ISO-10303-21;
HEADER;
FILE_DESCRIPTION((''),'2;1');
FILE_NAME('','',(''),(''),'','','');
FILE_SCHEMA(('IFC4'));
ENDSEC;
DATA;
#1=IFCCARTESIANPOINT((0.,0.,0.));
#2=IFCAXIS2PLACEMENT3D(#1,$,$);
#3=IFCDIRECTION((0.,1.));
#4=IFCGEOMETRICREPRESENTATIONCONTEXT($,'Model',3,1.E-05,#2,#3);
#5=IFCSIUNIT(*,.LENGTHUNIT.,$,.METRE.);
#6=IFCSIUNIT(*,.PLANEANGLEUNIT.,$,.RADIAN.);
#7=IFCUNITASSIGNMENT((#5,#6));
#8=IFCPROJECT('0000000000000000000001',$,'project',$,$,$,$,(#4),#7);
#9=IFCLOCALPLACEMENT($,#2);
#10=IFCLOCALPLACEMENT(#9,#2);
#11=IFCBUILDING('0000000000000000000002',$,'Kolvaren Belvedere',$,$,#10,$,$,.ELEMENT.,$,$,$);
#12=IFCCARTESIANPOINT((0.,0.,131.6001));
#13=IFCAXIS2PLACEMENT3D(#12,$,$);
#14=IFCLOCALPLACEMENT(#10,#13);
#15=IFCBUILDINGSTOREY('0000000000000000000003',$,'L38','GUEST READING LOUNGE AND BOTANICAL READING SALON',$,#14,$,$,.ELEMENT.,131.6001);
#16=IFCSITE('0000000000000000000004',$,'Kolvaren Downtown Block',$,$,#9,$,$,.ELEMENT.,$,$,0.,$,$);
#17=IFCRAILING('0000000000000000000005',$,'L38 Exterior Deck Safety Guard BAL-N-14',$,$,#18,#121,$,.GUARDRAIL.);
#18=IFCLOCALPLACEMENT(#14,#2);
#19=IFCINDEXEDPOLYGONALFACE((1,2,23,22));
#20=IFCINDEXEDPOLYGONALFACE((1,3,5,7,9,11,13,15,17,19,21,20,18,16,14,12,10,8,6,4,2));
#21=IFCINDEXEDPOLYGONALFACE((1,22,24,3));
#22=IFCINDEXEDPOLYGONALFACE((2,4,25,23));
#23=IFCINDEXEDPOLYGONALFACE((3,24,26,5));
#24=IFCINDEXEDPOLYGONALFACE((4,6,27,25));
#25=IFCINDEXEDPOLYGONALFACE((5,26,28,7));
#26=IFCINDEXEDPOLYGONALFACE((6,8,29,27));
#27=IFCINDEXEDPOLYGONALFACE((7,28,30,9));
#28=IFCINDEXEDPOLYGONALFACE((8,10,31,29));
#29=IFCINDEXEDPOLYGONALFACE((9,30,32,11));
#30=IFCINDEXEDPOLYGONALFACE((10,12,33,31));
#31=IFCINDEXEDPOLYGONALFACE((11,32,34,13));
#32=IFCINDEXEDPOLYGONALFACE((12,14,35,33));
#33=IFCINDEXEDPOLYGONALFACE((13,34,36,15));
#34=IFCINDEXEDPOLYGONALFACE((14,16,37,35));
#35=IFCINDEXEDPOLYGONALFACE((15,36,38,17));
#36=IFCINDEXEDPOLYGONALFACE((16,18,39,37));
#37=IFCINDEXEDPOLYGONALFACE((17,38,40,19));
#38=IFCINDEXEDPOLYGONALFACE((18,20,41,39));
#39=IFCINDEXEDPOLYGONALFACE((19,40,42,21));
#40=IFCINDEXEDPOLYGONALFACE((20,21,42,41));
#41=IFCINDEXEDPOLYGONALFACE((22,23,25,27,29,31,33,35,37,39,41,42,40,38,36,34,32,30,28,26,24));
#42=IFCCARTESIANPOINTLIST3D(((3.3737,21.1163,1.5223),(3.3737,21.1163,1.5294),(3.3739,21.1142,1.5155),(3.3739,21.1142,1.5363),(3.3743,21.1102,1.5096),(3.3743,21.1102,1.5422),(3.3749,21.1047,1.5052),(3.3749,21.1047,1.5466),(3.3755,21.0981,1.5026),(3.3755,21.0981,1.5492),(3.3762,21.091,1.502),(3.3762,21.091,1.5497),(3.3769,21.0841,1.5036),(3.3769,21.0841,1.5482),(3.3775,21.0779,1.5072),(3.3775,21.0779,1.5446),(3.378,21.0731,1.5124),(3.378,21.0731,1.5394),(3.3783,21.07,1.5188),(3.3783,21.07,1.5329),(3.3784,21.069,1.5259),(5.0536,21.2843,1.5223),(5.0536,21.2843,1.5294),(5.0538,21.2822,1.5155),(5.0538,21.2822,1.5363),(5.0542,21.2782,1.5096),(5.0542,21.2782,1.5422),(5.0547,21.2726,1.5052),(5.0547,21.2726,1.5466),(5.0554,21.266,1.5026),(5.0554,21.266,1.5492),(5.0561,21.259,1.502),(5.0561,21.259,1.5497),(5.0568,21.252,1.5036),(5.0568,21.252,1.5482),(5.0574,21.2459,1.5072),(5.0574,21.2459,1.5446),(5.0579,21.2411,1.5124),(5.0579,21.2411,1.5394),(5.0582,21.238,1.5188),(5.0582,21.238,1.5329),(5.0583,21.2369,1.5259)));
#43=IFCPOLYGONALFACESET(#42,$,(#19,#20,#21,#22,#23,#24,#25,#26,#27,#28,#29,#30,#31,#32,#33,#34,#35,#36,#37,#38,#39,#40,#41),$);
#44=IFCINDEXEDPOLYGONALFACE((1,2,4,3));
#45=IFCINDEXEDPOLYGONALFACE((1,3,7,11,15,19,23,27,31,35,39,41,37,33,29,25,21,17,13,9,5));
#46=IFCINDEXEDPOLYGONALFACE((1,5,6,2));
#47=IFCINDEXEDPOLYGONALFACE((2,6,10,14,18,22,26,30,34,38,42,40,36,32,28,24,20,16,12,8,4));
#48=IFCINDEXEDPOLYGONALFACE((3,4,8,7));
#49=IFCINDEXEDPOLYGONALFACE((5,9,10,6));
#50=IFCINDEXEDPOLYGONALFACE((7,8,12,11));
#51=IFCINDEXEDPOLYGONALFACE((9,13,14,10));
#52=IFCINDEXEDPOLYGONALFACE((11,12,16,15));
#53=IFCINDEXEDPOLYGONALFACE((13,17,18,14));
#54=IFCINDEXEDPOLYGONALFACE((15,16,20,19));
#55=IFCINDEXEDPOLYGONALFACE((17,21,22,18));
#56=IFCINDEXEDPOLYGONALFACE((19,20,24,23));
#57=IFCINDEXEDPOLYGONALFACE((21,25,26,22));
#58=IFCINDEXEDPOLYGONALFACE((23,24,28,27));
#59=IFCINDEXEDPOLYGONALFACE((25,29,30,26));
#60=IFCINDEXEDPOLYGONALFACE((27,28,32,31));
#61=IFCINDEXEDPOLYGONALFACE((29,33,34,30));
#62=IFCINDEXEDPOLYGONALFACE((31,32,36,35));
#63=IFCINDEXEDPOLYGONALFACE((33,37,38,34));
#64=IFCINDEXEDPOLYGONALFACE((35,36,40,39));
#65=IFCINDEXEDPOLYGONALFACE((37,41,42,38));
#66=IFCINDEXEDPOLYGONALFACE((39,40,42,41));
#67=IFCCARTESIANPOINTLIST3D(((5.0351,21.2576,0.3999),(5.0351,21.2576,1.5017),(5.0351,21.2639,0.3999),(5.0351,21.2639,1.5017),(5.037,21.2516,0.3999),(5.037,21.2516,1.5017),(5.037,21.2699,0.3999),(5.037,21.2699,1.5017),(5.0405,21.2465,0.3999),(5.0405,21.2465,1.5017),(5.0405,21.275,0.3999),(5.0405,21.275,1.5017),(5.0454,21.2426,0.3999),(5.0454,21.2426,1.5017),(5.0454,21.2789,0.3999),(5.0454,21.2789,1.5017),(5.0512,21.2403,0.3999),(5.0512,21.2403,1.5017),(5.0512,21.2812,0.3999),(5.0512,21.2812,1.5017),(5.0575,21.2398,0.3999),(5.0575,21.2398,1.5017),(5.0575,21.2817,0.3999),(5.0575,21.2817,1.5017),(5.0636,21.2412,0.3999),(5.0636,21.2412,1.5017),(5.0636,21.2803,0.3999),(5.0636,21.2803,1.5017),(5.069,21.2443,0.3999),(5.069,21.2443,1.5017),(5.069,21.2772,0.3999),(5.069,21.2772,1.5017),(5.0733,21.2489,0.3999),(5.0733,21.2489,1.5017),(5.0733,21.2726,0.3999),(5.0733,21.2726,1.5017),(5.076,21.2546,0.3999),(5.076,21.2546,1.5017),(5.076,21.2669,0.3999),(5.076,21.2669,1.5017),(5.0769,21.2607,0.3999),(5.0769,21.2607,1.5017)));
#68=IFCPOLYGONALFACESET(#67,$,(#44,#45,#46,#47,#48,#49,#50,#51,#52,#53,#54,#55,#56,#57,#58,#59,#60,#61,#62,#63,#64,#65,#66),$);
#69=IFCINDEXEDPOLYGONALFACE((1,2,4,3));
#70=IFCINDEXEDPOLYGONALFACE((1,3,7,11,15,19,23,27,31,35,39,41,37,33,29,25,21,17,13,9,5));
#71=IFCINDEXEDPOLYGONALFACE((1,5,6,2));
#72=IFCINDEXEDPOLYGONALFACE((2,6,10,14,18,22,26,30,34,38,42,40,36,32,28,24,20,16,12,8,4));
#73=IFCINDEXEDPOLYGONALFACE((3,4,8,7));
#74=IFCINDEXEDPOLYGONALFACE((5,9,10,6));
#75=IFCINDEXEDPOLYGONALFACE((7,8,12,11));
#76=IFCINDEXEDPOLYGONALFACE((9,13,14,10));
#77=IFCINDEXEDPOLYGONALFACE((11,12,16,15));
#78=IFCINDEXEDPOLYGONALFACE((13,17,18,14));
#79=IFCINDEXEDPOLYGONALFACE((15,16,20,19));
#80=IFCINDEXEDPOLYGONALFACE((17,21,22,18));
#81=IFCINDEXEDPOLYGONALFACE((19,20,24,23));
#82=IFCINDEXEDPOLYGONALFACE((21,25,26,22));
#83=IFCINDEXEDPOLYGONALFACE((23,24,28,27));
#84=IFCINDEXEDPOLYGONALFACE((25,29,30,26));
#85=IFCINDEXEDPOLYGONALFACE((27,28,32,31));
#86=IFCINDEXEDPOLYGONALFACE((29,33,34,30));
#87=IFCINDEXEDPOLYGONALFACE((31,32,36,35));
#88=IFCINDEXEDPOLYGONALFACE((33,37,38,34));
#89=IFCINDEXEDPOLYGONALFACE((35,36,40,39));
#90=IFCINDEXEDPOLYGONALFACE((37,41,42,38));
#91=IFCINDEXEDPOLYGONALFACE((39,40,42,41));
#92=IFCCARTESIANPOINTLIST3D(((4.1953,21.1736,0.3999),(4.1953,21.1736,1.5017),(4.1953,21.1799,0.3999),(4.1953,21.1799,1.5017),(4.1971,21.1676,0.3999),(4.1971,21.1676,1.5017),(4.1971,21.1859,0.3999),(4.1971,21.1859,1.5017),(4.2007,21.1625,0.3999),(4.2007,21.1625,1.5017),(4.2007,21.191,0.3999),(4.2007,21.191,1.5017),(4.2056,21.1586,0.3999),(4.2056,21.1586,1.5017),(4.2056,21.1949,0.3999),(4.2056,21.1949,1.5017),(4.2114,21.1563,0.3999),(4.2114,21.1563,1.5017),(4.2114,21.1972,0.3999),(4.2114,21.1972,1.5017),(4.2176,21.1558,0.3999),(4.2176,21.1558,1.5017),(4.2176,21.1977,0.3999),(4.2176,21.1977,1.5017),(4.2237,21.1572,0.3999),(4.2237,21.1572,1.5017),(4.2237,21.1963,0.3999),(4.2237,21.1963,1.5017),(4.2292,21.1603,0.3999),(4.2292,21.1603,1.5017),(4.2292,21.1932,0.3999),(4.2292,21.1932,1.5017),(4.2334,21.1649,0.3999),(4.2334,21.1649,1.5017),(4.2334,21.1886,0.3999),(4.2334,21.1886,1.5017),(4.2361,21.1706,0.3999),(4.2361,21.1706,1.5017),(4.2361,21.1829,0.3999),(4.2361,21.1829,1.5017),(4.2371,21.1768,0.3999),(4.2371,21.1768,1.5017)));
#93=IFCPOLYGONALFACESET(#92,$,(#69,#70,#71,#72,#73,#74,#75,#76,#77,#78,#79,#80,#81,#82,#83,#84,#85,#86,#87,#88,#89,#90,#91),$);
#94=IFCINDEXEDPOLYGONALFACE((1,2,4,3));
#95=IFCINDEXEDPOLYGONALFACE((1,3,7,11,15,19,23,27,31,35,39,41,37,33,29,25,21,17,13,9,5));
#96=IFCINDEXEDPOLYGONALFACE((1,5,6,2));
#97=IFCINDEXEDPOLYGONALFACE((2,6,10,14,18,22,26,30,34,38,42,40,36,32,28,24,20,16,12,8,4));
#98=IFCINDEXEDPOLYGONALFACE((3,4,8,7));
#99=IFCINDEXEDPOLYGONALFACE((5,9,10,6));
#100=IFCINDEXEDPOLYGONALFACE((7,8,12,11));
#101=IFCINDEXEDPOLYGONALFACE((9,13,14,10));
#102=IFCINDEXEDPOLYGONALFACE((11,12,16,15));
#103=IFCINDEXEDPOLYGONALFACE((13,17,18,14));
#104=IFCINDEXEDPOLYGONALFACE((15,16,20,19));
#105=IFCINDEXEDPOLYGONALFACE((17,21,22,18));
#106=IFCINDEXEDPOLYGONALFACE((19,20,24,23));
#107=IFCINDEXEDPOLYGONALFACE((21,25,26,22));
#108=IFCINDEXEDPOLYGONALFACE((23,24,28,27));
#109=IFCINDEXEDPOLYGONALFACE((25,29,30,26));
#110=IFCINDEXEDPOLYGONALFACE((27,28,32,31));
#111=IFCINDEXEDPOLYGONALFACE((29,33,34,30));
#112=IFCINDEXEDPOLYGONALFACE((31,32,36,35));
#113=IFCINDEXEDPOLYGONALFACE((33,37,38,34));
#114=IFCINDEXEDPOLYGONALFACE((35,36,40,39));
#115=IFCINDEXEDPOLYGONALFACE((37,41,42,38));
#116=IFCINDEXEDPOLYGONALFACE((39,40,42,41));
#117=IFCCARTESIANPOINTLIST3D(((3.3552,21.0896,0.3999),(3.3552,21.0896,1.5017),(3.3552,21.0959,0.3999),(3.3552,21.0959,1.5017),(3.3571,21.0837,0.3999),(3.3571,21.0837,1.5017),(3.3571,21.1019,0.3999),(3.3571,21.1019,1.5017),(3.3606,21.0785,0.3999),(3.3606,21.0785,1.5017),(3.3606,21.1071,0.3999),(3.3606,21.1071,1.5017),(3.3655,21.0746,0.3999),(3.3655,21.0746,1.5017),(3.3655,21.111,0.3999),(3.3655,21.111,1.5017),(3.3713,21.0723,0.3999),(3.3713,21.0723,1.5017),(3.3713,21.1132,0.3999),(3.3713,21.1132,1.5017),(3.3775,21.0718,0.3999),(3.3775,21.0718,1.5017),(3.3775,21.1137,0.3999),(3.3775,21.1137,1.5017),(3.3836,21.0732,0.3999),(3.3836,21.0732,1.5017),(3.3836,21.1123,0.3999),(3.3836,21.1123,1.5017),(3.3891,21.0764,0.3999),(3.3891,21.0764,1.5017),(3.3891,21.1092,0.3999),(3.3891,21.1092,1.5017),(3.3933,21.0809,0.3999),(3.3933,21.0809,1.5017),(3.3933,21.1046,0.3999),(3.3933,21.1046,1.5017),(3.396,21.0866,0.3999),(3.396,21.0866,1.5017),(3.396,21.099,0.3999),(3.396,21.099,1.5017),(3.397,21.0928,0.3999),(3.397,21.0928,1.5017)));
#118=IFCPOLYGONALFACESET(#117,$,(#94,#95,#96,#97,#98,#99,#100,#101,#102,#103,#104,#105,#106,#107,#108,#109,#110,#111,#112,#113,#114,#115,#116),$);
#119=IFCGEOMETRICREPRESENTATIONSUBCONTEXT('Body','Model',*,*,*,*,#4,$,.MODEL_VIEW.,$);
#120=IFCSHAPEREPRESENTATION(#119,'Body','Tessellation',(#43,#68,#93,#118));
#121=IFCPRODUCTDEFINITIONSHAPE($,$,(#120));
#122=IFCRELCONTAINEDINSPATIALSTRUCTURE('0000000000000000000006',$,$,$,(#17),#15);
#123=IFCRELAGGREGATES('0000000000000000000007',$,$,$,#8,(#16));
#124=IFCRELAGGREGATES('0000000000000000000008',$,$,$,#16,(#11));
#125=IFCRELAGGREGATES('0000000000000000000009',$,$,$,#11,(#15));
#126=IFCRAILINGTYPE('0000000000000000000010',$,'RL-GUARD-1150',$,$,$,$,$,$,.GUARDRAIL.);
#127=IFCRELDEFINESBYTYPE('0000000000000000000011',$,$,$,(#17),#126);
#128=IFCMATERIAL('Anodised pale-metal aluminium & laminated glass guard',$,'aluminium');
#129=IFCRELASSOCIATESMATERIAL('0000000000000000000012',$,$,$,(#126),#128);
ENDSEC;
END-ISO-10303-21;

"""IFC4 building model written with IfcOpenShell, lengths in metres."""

from ifc_helpers import new_model, si_unit, direction, frame, origin, origin_2d, place, context, subcontext, project, spatial, circle, extrude, material, type_object, element, save


model = new_model("IFC4")

# Units and contexts
model_context = context("Model", 3, precision=1e-05, world=origin(), true_north=direction((0.0, 1.0)))
body_context = subcontext(model_context, "Body", "Model", "MODEL_VIEW")
ifc_project = project(units=[si_unit("LENGTHUNIT", "METRE"), si_unit("PLANEANGLEUNIT", "RADIAN")], contexts=[model_context])

# Site, building, storey
site_placement = place(None, origin())
site = spatial("IfcSite", under=ifc_project, at=site_placement, Name="Kolvaren Downtown Block", CompositionType="ELEMENT", RefElevation=0.0)
building_placement = place(site_placement, origin())
building = spatial("IfcBuilding", under=site, at=building_placement, Name="Kolvaren Belvedere", CompositionType="ELEMENT")
storey_placement = place(building_placement, frame((0.0, 0.0, 131.6001)))
storey = spatial("IfcBuildingStorey", under=building, at=storey_placement, Name="L38", Description="GUEST READING LOUNGE AND BOTANICAL READING SALON", CompositionType="ELEMENT", Elevation=131.6001)

# Railing
ifc_material_1 = material(Name="Anodised pale-metal aluminium & laminated glass guard", Category="aluminium")
railing_type = type_object("IfcRailingType", Name="RL-GUARD-1150", PredefinedType="GUARDRAIL", material=ifc_material_1)
railing_1_placement = place(storey_placement, frame((5.0559, 21.2607, 0.3999)))
element("IfcRailing", 1, at=railing_1_placement, inside=storey, type_object=railing_type, Name="L38 Exterior Deck Safety Guard BAL-N-14", PredefinedType="GUARDRAIL", context=body_context, shape_type="SweptSolid", body=[
    extrude(circle(Radius=0.0239, at=origin_2d()), frame((0.0, 0.0, 1.126), z_axis=(-0.995039, -0.099489, 0.0), x_axis=(0.099489, -0.995039, 0.0)), (0.0, 0.0, 1.0), 1.6882),
    extrude(circle(Radius=0.021, at=origin_2d()), origin(), (0.0, 0.0, 1.0), 1.1018),
    extrude(circle(Radius=0.021, at=origin_2d()), frame((-0.8398, -0.084, 0.0)), (0.0, 0.0, 1.0), 1.1018),
    extrude(circle(Radius=0.021, at=origin_2d()), frame((-1.6799, -0.168, 0.0)), (0.0, 0.0, 1.0), 1.1018),
])

save(model, "model.ifc")
